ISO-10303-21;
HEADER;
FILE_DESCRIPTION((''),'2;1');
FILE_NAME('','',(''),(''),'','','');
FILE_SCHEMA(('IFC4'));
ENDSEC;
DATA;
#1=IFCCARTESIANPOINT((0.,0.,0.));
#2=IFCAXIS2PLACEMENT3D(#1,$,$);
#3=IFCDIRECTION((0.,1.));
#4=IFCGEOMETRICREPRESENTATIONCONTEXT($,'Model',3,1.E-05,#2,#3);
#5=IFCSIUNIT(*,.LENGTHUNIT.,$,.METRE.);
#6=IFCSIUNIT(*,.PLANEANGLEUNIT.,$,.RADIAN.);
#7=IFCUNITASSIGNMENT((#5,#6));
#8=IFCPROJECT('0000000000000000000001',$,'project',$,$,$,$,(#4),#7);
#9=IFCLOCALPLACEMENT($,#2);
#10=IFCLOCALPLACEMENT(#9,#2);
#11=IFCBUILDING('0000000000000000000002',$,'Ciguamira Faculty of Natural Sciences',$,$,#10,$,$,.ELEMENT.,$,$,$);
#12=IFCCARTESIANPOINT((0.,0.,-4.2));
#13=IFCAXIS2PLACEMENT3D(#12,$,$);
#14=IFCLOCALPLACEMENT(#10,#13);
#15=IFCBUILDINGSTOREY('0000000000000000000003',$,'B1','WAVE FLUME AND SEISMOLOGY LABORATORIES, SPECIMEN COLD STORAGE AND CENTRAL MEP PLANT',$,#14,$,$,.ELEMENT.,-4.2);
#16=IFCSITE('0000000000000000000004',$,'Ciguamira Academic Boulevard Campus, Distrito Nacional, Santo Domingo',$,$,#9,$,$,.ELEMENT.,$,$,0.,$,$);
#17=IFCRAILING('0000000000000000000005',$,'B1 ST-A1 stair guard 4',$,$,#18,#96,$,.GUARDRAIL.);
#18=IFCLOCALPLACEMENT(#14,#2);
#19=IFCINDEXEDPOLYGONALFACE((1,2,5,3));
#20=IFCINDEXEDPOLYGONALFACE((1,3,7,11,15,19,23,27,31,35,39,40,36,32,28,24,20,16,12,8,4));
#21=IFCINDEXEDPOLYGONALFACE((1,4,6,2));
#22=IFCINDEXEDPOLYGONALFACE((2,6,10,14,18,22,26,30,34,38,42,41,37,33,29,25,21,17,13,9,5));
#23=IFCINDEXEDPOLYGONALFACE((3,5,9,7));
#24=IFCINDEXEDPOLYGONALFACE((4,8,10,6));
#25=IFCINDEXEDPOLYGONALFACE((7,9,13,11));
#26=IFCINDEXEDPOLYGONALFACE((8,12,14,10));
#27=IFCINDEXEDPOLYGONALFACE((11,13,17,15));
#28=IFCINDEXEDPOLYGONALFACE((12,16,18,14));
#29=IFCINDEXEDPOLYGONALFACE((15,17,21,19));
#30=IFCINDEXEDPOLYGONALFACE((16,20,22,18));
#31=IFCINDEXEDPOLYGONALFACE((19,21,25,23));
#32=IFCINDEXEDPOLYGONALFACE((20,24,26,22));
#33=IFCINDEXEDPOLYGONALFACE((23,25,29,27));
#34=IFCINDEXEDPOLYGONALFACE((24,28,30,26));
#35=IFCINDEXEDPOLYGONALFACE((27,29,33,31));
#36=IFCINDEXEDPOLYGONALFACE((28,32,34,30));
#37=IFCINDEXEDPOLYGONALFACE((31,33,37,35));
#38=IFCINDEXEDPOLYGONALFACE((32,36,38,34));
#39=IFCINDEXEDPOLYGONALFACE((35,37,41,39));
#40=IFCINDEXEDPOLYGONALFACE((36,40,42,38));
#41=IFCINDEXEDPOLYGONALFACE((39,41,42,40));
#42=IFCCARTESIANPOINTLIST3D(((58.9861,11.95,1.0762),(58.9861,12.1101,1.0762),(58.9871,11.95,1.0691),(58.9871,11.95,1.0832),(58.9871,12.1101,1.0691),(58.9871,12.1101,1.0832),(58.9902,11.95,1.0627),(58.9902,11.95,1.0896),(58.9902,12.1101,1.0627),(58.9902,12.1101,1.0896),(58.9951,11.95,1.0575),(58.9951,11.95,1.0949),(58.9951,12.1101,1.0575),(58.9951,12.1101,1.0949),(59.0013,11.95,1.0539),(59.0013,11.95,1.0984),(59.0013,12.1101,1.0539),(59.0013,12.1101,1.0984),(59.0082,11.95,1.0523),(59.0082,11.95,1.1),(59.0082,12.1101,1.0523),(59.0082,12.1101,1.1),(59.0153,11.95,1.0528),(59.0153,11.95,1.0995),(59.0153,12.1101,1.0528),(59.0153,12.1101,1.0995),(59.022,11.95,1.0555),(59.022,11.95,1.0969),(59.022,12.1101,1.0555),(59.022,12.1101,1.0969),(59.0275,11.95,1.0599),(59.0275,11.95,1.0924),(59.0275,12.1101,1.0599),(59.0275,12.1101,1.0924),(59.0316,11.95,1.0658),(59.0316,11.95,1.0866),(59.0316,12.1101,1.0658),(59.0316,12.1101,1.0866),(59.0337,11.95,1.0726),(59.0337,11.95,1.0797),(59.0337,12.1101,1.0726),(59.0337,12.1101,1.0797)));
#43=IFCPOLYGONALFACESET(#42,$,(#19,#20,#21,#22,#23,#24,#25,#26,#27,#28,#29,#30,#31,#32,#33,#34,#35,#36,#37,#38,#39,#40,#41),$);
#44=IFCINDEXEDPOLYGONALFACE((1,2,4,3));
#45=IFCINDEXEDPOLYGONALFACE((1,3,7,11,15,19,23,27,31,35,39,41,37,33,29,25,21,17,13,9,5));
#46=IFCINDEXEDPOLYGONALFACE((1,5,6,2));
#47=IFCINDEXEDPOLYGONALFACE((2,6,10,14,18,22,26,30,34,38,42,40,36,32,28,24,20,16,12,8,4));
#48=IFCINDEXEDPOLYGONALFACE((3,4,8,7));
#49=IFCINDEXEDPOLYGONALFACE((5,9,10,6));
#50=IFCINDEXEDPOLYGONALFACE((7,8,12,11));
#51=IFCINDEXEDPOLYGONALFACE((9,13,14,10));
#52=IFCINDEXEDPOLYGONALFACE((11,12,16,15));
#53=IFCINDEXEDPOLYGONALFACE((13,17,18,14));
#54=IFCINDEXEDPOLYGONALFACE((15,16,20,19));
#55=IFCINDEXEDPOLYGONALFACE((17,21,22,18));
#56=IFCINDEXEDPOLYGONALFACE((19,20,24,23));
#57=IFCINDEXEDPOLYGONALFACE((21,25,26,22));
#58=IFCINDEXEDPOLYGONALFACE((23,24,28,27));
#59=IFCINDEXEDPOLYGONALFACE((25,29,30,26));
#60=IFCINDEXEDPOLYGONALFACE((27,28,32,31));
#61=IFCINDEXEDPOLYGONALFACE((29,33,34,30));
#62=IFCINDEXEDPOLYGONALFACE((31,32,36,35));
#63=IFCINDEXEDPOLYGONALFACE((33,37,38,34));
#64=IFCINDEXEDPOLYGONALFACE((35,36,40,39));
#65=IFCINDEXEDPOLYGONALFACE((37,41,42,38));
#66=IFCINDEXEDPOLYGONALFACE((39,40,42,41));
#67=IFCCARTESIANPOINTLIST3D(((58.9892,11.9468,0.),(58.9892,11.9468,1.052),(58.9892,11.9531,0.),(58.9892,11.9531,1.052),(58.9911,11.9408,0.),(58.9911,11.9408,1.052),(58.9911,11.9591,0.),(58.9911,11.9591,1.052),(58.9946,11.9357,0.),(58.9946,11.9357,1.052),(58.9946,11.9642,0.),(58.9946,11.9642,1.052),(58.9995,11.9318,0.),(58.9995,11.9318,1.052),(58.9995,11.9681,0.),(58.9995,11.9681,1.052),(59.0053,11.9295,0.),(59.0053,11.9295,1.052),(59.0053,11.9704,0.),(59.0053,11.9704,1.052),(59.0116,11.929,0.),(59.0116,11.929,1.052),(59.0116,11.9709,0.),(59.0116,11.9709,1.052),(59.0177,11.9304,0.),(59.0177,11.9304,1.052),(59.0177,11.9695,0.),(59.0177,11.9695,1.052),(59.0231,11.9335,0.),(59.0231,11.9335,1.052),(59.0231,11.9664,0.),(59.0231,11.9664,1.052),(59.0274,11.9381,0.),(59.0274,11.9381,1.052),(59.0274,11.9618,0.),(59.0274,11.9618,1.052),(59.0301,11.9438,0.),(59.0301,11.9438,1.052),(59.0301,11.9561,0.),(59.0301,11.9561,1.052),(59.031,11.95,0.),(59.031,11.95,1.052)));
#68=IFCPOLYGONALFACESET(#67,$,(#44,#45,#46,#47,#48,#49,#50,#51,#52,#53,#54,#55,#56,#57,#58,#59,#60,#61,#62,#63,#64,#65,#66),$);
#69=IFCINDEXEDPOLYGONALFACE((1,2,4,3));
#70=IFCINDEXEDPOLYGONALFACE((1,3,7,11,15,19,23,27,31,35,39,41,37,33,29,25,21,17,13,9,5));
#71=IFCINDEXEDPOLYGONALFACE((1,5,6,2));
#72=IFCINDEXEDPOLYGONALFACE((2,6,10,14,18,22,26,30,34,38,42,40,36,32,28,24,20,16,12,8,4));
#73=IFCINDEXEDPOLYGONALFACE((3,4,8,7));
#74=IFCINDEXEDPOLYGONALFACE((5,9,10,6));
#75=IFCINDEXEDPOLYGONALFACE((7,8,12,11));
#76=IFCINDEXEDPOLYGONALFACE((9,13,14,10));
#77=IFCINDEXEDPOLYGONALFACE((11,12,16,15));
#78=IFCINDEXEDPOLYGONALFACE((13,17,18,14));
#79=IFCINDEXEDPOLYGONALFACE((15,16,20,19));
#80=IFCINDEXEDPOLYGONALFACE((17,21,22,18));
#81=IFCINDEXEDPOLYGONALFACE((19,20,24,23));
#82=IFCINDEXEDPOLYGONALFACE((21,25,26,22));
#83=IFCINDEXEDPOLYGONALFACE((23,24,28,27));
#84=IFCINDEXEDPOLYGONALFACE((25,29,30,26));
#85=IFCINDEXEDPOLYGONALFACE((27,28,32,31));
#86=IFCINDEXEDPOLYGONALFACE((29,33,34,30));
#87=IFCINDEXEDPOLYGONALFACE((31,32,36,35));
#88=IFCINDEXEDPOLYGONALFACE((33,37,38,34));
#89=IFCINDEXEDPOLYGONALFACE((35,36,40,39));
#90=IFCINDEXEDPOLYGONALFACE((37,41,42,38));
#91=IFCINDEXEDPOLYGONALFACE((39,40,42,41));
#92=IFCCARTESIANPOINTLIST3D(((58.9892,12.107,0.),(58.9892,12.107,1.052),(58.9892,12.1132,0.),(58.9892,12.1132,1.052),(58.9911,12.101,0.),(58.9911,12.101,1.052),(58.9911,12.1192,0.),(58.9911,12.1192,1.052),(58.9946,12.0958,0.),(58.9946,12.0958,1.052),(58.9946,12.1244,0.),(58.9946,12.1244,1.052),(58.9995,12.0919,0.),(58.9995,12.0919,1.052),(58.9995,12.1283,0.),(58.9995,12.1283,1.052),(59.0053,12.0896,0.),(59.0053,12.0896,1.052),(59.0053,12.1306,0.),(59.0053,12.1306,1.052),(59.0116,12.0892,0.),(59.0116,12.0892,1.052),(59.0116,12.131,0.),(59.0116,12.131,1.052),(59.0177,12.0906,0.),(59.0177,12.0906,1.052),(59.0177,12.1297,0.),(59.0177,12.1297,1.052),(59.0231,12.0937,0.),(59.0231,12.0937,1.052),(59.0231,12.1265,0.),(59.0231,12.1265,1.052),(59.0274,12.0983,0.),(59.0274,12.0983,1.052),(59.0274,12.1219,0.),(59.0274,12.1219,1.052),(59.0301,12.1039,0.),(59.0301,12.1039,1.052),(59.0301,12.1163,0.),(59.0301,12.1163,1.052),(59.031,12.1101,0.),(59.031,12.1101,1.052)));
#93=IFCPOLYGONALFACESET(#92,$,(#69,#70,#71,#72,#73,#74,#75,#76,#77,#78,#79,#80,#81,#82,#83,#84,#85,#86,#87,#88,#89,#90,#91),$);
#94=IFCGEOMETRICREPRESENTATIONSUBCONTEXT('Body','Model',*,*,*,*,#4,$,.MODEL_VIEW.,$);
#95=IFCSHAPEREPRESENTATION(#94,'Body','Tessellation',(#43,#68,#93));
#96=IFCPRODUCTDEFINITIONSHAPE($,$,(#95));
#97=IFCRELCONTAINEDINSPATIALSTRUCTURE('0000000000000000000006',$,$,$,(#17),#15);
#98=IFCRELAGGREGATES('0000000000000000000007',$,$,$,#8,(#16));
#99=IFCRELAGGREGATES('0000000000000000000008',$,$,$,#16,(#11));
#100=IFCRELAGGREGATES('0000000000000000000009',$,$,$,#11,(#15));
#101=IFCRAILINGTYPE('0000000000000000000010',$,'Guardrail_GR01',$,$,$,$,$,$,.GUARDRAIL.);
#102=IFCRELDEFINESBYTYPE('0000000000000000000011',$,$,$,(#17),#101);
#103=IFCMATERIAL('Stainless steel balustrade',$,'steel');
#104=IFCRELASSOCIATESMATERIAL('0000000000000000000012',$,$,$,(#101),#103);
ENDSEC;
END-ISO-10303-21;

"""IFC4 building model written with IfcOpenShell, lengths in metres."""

from ifc_helpers import new_model, si_unit, direction, frame, origin, origin_2d, place, context, subcontext, project, spatial, circle, extrude, material, type_object, element, save


model = new_model("IFC4")

# Units and contexts
model_context = context("Model", 3, precision=1e-05, world=origin(), true_north=direction((0.0, 1.0)))
body_context = subcontext(model_context, "Body", "Model", "MODEL_VIEW")
ifc_project = project(units=[si_unit("LENGTHUNIT", "METRE"), si_unit("PLANEANGLEUNIT", "RADIAN")], contexts=[model_context])

# Site, building, storey
site_placement = place(None, origin())
site = spatial("IfcSite", under=ifc_project, at=site_placement, Name="Ciguamira Academic Boulevard Campus, Distrito Nacional, Santo Domingo", CompositionType="ELEMENT", RefElevation=0.0)
building_placement = place(site_placement, origin())
building = spatial("IfcBuilding", under=site, at=building_placement, Name="Ciguamira Faculty of Natural Sciences", CompositionType="ELEMENT")
storey_placement = place(building_placement, frame((0.0, 0.0, -4.2)))
storey = spatial("IfcBuildingStorey", under=building, at=storey_placement, Name="B1", Description="WAVE FLUME AND SEISMOLOGY LABORATORIES, SPECIMEN COLD STORAGE AND CENTRAL MEP PLANT", CompositionType="ELEMENT", Elevation=-4.2)

# Railing
ifc_material_1 = material(Name="Stainless steel balustrade", Category="steel")
railing_type_1 = type_object("IfcRailingType", Name="Guardrail_GR01", PredefinedType="GUARDRAIL", material=ifc_material_1)
railing_1_placement = place(storey_placement, frame((59.01, 11.95, 0.0)))
element("IfcRailing", 1, at=railing_1_placement, inside=storey, type_object=railing_type_1, Name="B1 ST-A1 stair guard 4", PredefinedType="GUARDRAIL", context=body_context, shape_type="SweptSolid", body=[
    extrude(circle(Radius=0.0239, at=origin_2d()), frame((0.0, 0.0, 1.0762), z_axis=(0.0, 1.0, 0.0), x_axis=(-1.0, 0.0, 0.0)), (0.0, 0.0, 1.0), 0.1602),
    extrude(circle(Radius=0.021, at=origin_2d()), origin(), (0.0, 0.0, 1.0), 1.052),
    extrude(circle(Radius=0.021, at=origin_2d()), frame((0.0, 0.1602, 0.0)), (0.0, 0.0, 1.0), 1.052),
])

save(model, "model.ifc")
